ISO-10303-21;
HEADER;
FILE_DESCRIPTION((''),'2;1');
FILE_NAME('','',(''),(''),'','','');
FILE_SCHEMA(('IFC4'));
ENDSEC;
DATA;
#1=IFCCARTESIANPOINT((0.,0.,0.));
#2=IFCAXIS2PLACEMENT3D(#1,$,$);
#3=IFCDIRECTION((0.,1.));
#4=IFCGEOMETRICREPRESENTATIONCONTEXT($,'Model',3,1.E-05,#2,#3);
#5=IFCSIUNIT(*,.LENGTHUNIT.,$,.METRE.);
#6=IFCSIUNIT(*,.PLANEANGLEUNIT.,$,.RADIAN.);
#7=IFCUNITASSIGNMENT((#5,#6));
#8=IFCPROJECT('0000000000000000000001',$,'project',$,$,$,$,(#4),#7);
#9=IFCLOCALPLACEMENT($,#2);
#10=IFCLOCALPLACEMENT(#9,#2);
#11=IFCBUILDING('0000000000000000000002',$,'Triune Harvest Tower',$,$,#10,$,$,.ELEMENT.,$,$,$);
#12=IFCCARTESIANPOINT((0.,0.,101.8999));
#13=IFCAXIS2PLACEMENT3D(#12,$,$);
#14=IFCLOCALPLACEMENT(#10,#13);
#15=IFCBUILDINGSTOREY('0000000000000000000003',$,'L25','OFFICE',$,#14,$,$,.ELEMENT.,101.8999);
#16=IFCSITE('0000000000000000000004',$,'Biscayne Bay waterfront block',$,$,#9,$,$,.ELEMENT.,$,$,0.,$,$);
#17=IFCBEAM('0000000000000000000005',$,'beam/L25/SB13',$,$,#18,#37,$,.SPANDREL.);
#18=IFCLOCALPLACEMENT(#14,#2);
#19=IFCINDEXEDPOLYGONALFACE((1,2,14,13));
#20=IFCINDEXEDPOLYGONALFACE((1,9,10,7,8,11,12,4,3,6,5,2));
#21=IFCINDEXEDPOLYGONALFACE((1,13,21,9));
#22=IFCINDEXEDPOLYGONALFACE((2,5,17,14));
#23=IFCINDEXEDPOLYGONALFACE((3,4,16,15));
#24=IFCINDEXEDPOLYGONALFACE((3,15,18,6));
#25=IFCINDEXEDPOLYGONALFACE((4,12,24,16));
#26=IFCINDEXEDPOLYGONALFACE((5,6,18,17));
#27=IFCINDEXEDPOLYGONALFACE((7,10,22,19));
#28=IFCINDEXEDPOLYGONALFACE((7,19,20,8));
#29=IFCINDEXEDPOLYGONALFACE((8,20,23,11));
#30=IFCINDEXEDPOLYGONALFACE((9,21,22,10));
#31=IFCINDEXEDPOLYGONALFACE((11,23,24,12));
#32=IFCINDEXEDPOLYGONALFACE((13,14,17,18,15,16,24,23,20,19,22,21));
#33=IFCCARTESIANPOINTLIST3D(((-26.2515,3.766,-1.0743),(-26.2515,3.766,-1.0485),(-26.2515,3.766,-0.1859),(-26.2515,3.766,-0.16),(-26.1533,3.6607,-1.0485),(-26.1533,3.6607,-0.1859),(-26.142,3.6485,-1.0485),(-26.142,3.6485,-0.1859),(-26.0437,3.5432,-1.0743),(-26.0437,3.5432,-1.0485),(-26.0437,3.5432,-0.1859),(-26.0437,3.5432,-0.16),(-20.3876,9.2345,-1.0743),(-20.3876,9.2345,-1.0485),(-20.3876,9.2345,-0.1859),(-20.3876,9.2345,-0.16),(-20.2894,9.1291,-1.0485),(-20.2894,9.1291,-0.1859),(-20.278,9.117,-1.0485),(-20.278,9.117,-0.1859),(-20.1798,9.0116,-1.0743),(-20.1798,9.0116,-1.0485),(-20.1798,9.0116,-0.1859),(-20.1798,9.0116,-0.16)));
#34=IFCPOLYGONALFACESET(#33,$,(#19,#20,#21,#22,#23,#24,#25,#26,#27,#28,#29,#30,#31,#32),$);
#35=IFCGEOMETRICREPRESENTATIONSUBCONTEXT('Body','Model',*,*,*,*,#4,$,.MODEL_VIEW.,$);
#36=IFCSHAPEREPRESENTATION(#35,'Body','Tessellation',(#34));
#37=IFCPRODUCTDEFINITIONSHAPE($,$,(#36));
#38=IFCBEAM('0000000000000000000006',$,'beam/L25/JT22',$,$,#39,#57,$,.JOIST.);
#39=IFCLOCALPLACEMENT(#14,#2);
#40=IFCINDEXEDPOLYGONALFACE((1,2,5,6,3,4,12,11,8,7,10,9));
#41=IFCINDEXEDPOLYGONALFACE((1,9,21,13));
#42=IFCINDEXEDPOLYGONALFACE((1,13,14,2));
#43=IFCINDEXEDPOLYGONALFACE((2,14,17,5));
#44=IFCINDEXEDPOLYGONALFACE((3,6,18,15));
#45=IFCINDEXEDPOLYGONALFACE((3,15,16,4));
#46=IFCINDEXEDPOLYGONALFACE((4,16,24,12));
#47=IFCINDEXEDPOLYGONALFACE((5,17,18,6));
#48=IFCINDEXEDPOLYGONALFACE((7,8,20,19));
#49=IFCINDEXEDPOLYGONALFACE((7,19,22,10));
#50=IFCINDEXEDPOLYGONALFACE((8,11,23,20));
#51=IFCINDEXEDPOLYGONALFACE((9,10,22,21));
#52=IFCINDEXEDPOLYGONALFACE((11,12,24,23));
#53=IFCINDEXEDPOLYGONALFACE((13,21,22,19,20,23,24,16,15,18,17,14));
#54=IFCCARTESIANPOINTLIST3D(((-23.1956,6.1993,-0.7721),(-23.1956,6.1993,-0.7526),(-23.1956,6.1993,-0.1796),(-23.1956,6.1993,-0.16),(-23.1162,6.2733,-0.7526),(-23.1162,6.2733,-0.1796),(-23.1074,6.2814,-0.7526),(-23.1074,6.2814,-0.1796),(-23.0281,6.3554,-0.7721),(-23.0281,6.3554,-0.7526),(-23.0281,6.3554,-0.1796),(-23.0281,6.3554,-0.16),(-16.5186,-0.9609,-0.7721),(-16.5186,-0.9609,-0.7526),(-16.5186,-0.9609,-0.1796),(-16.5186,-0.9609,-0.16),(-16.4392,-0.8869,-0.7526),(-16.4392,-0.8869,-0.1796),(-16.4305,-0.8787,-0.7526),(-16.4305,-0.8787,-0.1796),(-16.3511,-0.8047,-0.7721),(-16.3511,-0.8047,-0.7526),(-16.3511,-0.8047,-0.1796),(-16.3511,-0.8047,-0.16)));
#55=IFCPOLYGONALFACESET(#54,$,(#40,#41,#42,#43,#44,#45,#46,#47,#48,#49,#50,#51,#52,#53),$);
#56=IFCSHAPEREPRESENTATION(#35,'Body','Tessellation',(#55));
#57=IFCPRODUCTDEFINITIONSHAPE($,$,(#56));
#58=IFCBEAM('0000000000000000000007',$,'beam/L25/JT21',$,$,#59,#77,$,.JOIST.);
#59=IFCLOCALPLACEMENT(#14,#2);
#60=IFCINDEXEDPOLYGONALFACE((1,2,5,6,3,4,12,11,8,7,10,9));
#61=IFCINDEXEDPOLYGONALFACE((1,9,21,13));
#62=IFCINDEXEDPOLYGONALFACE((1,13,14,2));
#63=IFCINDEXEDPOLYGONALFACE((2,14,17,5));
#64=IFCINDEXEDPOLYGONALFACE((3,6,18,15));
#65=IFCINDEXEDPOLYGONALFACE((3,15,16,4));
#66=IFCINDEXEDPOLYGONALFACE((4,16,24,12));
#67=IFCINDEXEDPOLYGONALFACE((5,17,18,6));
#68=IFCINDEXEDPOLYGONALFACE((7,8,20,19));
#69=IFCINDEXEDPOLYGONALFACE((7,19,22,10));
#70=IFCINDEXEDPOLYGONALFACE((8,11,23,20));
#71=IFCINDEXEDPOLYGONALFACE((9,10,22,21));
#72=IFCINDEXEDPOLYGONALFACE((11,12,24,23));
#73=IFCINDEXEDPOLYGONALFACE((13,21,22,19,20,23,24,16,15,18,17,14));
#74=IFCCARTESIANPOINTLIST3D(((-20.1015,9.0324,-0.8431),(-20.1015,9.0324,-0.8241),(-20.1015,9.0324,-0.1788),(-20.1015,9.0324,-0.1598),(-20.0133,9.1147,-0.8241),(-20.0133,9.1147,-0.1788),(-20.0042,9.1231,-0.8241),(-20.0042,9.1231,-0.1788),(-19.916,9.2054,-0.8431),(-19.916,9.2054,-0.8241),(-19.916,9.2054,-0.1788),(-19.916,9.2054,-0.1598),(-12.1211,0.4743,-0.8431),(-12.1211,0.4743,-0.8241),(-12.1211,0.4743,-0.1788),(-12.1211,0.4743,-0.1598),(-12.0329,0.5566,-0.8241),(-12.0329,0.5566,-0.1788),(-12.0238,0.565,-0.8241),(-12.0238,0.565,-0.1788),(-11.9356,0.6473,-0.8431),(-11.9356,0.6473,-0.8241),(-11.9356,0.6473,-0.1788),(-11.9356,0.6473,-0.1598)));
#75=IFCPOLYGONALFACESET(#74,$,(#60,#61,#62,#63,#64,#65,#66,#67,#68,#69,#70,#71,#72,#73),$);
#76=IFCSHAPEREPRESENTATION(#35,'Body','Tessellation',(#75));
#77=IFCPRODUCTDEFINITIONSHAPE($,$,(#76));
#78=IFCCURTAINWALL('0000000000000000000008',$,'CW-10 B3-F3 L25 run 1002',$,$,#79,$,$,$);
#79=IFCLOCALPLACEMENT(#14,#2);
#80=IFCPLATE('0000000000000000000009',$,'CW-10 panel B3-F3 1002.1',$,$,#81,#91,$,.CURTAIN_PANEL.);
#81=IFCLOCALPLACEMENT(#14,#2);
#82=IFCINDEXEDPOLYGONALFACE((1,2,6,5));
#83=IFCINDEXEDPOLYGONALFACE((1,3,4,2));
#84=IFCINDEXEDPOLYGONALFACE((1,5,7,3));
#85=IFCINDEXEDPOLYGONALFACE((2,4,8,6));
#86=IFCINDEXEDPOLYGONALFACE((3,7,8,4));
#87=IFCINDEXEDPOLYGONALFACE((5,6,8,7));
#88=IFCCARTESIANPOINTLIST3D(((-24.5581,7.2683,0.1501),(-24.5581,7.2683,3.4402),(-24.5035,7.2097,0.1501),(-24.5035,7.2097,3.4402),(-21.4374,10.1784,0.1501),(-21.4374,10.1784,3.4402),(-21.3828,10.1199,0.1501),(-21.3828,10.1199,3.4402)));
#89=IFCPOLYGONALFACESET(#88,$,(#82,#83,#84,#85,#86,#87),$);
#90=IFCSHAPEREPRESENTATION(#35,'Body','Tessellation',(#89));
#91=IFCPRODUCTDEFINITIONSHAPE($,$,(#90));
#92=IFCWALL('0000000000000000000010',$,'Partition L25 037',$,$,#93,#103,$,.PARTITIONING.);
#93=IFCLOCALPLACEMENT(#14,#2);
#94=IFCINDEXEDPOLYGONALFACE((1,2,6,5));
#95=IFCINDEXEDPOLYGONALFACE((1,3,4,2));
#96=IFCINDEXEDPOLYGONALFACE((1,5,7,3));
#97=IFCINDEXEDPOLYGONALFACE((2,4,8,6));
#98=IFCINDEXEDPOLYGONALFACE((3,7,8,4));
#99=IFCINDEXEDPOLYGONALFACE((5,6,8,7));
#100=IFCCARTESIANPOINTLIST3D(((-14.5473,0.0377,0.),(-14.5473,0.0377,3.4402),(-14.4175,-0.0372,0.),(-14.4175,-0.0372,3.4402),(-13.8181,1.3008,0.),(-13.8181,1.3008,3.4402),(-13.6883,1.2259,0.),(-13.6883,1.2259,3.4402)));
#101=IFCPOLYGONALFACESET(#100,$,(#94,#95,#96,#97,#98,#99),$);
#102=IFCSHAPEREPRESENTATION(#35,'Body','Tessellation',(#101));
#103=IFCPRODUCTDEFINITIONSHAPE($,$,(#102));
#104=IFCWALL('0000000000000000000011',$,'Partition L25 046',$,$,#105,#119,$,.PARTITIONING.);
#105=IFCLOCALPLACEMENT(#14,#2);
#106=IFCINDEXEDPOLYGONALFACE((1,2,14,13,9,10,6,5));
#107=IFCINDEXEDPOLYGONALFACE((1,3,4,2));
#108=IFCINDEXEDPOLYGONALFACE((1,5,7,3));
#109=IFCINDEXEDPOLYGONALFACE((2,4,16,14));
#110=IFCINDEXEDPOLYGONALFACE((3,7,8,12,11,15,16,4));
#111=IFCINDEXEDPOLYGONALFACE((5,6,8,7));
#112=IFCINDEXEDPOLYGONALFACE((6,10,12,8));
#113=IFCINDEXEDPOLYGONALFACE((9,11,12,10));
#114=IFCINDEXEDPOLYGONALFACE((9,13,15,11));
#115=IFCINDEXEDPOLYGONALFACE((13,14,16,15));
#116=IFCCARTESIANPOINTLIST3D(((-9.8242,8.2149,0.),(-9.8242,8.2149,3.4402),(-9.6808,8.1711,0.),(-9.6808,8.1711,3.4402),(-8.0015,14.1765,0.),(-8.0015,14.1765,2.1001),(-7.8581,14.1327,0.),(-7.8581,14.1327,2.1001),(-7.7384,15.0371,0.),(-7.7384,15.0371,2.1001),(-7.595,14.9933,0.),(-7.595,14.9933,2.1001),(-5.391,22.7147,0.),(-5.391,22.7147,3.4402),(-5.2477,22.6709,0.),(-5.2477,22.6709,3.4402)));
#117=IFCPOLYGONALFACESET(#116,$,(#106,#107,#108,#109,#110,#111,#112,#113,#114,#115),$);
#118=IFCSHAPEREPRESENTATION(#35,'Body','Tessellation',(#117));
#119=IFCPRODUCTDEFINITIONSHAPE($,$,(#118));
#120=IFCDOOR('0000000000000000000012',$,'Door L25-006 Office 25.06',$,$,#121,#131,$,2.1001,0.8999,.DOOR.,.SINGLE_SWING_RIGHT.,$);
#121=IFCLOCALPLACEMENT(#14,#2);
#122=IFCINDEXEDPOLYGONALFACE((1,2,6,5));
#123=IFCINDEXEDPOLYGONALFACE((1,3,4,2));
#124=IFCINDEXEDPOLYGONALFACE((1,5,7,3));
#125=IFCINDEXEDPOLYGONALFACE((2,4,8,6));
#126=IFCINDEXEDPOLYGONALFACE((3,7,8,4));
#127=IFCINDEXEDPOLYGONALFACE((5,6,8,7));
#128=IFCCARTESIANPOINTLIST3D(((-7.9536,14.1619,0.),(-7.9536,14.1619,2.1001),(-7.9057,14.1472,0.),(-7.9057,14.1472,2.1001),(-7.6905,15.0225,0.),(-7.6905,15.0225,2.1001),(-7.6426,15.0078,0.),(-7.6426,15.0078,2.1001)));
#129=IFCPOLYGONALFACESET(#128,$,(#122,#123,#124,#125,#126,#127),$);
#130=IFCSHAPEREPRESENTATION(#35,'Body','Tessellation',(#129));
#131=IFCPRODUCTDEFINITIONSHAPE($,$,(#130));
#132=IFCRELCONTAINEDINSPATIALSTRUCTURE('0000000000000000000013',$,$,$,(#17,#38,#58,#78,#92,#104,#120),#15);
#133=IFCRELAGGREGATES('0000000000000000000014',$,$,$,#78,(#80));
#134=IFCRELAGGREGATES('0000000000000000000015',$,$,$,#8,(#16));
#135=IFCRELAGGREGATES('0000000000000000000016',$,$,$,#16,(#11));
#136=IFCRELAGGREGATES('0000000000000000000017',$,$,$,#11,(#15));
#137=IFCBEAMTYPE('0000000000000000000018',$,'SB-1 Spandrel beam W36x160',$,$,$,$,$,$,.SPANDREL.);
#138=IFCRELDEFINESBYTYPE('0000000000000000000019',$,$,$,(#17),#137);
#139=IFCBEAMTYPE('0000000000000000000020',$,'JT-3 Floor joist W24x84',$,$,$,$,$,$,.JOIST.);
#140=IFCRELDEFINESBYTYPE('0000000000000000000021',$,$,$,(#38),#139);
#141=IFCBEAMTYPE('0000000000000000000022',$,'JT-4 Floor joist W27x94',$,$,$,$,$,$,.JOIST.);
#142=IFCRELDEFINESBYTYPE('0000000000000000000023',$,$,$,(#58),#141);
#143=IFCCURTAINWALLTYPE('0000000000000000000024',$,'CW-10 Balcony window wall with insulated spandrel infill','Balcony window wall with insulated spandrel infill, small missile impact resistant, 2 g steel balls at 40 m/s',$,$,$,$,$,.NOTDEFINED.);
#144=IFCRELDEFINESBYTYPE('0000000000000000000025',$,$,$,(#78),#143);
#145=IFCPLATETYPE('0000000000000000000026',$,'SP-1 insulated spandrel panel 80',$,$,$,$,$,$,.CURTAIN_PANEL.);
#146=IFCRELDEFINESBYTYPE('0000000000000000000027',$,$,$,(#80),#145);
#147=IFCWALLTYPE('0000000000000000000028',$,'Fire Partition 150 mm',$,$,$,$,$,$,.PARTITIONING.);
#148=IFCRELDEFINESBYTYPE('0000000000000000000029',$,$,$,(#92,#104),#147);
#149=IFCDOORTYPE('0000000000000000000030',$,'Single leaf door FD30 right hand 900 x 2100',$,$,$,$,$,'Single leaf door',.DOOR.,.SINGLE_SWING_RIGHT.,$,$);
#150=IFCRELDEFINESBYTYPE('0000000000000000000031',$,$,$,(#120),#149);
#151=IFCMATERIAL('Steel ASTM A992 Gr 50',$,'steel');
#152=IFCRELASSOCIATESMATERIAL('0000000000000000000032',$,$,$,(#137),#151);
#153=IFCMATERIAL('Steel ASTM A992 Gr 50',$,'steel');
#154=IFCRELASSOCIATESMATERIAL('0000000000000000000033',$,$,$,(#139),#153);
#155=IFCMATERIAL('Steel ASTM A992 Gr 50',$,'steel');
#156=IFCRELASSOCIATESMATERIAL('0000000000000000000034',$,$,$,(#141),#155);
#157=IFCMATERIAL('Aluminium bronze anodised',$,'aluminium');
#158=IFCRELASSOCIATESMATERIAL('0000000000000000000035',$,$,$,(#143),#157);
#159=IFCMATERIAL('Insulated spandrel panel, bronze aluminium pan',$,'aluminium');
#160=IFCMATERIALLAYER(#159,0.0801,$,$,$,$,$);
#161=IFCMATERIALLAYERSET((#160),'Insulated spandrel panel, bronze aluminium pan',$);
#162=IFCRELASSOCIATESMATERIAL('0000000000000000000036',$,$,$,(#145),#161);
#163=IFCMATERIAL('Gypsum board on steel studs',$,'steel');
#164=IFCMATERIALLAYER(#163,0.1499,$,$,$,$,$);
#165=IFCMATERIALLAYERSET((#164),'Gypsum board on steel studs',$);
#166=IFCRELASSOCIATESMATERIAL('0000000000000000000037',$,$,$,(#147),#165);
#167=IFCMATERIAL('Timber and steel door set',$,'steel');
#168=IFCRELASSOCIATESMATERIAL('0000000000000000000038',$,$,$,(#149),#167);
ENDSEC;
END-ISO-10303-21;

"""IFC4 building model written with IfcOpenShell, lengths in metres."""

from ifc_helpers import new_model, si_unit, direction, frame, frame_2d, origin, origin_2d, place, context, subcontext, project, spatial, rectangle, i_section, extrude, source, transform, mapped, material, layer, layer_set, material_profile, profile_set, type_object, element, fill, aggregate, save


model = new_model("IFC4")

# Units and contexts
model_context = context("Model", 3, precision=1e-05, world=origin(), true_north=direction((0.0, 1.0)))
body_context = subcontext(model_context, "Body", "Model", "MODEL_VIEW")
ifc_project = project(units=[si_unit("LENGTHUNIT", "METRE"), si_unit("PLANEANGLEUNIT", "RADIAN")], contexts=[model_context])

# Site, building, storey
site_placement = place(None, origin())
site = spatial("IfcSite", under=ifc_project, at=site_placement, Name="Biscayne Bay waterfront block", CompositionType="ELEMENT", RefElevation=0.0)
building_placement = place(site_placement, origin())
building = spatial("IfcBuilding", under=site, at=building_placement, Name="Triune Harvest Tower", CompositionType="ELEMENT")
storey_placement = place(building_placement, frame((0.0, 0.0, 101.8999)))
storey = spatial("IfcBuildingStorey", under=building, at=storey_placement, Name="L25", Description="OFFICE", CompositionType="ELEMENT", Elevation=101.8999)

# Beams
ifc_material_1 = material(Name="Steel ASTM A992 Gr 50", Category="steel")
ifc_material_profile_1 = material_profile(ifc_material_1, i_section(OverallWidth=0.3047, OverallDepth=0.9143, WebThickness=0.0166, FlangeThickness=0.0259, at=origin_2d()), Name="W36x160")
ifc_profile_set_1 = profile_set([ifc_material_profile_1], Name="Steel ASTM A992 Gr 50")
beam_type_1 = type_object("IfcBeamType", Name="SB-1 Spandrel beam W36x160", PredefinedType="SPANDREL", material=ifc_profile_set_1)
shared_shape_1 = source(origin(), body_context, "Body", "SweptSolid", [
    extrude(i_section(OverallWidth=0.3047, OverallDepth=0.9143, WebThickness=0.0166, FlangeThickness=0.0259, at=origin_2d()), origin(), (0.0, 0.0, 1.0), 8.0181),
])
beam_1_placement = place(storey_placement, frame((-20.2837, 9.123, -0.6172), z_axis=(-0.73134, -0.682013, 0.0), x_axis=(0.682013, -0.73134, 0.0)))
element("IfcBeam", 1, at=beam_1_placement, inside=storey, type_object=beam_type_1, Name="beam/L25/SB13", PredefinedType="SPANDREL", context=body_context, shape_type="MappedRepresentation", body=[
    mapped(shared_shape_1, transform((0.0, 0.0, 0.0), scale=1.0)),
])
ifc_material_2 = material(Name="Steel ASTM A992 Gr 50", Category="steel")
ifc_material_profile_2 = material_profile(ifc_material_2, i_section(OverallWidth=0.229, OverallDepth=0.6121, WebThickness=0.012, FlangeThickness=0.0195, at=origin_2d()), Name="W24x84")
ifc_profile_set_2 = profile_set([ifc_material_profile_2], Name="Steel ASTM A992 Gr 50")
beam_type_2 = type_object("IfcBeamType", Name="JT-3 Floor joist W24x84", PredefinedType="JOIST", material=ifc_profile_set_2)
shared_shape_2 = source(origin(), body_context, "Body", "SweptSolid", [
    extrude(i_section(OverallWidth=0.229, OverallDepth=0.6121, WebThickness=0.012, FlangeThickness=0.0195, at=origin_2d()), origin(), (0.0, 0.0, 1.0), 9.7903),
])
beam_2_placement = place(storey_placement, frame((-23.1118, 6.2773, -0.4661), z_axis=(0.682001, -0.731351, 0.0), x_axis=(0.731351, 0.682001, 0.0)))
element("IfcBeam", 2, at=beam_2_placement, inside=storey, type_object=beam_type_2, Name="beam/L25/JT22", PredefinedType="JOIST", context=body_context, shape_type="MappedRepresentation", body=[
    mapped(shared_shape_2, transform((0.0, 0.0, 0.0), scale=1.0)),
])
ifc_material_3 = material(Name="Steel ASTM A992 Gr 50", Category="steel")
ifc_material_profile_3 = material_profile(ifc_material_3, i_section(OverallWidth=0.2537, OverallDepth=0.6833, WebThickness=0.0125, FlangeThickness=0.019, at=origin_2d()), Name="W27x94")
ifc_profile_set_3 = profile_set([ifc_material_profile_3], Name="Steel ASTM A992 Gr 50")
beam_type_3 = type_object("IfcBeamType", Name="JT-4 Floor joist W27x94", PredefinedType="JOIST", material=ifc_profile_set_3)
shared_shape_3 = source(origin(), body_context, "Body", "SweptSolid", [
    extrude(i_section(OverallWidth=0.2537, OverallDepth=0.6833, WebThickness=0.0125, FlangeThickness=0.019, at=origin_2d()), origin(), (0.0, 0.0, 1.0), 11.7017),
])
beam_3_placement = place(storey_placement, frame((-20.0088, 9.1189, -0.5015), z_axis=(0.681994, -0.731358, 0.0), x_axis=(0.731358, 0.681994, 0.0)))
element("IfcBeam", 3, at=beam_3_placement, inside=storey, type_object=beam_type_3, Name="beam/L25/JT21", PredefinedType="JOIST", context=body_context, shape_type="MappedRepresentation", body=[
    mapped(shared_shape_3, transform((0.0, 0.0, 0.0), scale=1.0)),
])

# Curtain wall, plate
ifc_material_4 = material(Name="Aluminium bronze anodised", Category="aluminium")
curtain_wall_type = type_object("IfcCurtainWallType", Name="CW-10 Balcony window wall with insulated spandrel infill", Description="Balcony window wall with insulated spandrel infill, small missile impact resistant, 2 g steel balls at 40 m/s", PredefinedType="NOTDEFINED", material=ifc_material_4)
curtain_wall_placement = place(storey_placement, origin())
curtain_wall = element("IfcCurtainWall", 4, at=curtain_wall_placement, inside=storey, type_object=curtain_wall_type, Name="CW-10 B3-F3 L25 run 1002")
ifc_material_5 = material(Name="Insulated spandrel panel, bronze aluminium pan", Category="aluminium")
ifc_layer_1 = layer(ifc_material_5, 0.0801)
ifc_layer_set_1 = layer_set([ifc_layer_1], Name="Insulated spandrel panel, bronze aluminium pan")
plate_type = type_object("IfcPlateType", Name="SP-1 insulated spandrel panel 80", PredefinedType="CURTAIN_PANEL", material=ifc_layer_set_1)
shared_shape_4 = source(origin(), body_context, "Body", "SweptSolid", [
    extrude(rectangle(XDim=4.2671, YDim=0.0801, at=origin_2d()), origin(), (0.0, 0.0, 1.0), 3.29),
])
plate_placement = place(storey_placement, frame((-22.9705, 8.6941, 0.1501), z_axis=(0.0, 0.0, 1.0), x_axis=(-0.731355, -0.681997, 0.0)))
plate = element("IfcPlate", 5, at=plate_placement, type_object=plate_type, Name="CW-10 panel B3-F3 1002.1", PredefinedType="CURTAIN_PANEL", context=body_context, shape_type="MappedRepresentation", body=[
    mapped(shared_shape_4, transform((0.0, 0.0, 0.0), scale=1.0)),
])
aggregate(curtain_wall, [plate])

# Wall
ifc_material_6 = material(Name="Gypsum board on steel studs", Category="steel")
ifc_layer_2 = layer(ifc_material_6, 0.1499)
ifc_layer_set_2 = layer_set([ifc_layer_2], Name="Gypsum board on steel studs")
wall_type_1 = type_object("IfcWallType", Name="Fire Partition 150 mm", PredefinedType="PARTITIONING", material=ifc_layer_set_2)
wall_1_placement = place(storey_placement, frame((-14.4824, 0.0002, 0.0), z_axis=(0.0, 0.0, 1.0), x_axis=(0.499974, 0.866041, 0.0)))
element("IfcWall", 6, at=wall_1_placement, inside=storey, type_object=wall_type_1, Name="Partition L25 037", PredefinedType="PARTITIONING", context=body_context, shape_type="SweptSolid", body=[
    extrude(rectangle(XDim=1.4585, YDim=0.1499, at=frame_2d((0.7292, 0.0))), origin(), (0.0, 0.0, 1.0), 3.4402),
])

# Wall, opening, door
wall_2_placement = place(storey_placement, frame((-9.7524, 8.1931, 0.0), z_axis=(0.0, 0.0, 1.0), x_axis=(0.292377, 0.956303, 0.0)))
wall_2 = element("IfcWall", 7, at=wall_2_placement, inside=storey, type_object=wall_type_1, Name="Partition L25 046", PredefinedType="PARTITIONING", context=body_context, shape_type="SweptSolid", body=[
    extrude(rectangle(XDim=15.1624, YDim=0.1499, at=frame_2d((7.5811, 0.0))), origin(), (0.0, 0.0, 1.0), 3.4402),
])
opening_1_placement = place(wall_2_placement, frame((6.2339, 0.0, 0.0)))
opening_1 = element("IfcOpeningElement", 8, at=opening_1_placement, cuts=wall_2, PredefinedType="OPENING", context=body_context, shape_type="SweptSolid", body=[
    extrude(rectangle(XDim=0.8999, YDim=2.1001, at=frame_2d((0.45, 1.05))), frame((0.0, 0.085, 0.0), z_axis=(0.0, -1.0, 0.0), x_axis=(1.0, 0.0, 0.0)), (0.0, 0.0, 1.0), 0.1699),
])
ifc_material_7 = material(Name="Timber and steel door set", Category="steel")
door_type_1 = type_object("IfcDoorType", Name="Single leaf door FD30 right hand 900 x 2100", ElementType="Single leaf door", OperationType="SINGLE_SWING_RIGHT", PredefinedType="DOOR", material=ifc_material_7)
door_1_placement = place(opening_1_placement, origin())
door_1 = element("IfcDoor", 9, at=door_1_placement, inside=storey, type_object=door_type_1, Name="Door L25-006 Office 25.06", OperationType="SINGLE_SWING_RIGHT", OverallHeight=2.1001, OverallWidth=0.8999, PredefinedType="DOOR", context=body_context, shape_type="SweptSolid", body=[
    extrude(rectangle(XDim=0.8999, YDim=2.1001, at=frame_2d((0.45, 1.05))), frame((0.0, 0.0249, 0.0), z_axis=(0.0, -1.0, 0.0), x_axis=(1.0, 0.0, 0.0)), (0.0, 0.0, 1.0), 0.05),
])
fill(opening_1, door_1)

save(model, "model.ifc")
